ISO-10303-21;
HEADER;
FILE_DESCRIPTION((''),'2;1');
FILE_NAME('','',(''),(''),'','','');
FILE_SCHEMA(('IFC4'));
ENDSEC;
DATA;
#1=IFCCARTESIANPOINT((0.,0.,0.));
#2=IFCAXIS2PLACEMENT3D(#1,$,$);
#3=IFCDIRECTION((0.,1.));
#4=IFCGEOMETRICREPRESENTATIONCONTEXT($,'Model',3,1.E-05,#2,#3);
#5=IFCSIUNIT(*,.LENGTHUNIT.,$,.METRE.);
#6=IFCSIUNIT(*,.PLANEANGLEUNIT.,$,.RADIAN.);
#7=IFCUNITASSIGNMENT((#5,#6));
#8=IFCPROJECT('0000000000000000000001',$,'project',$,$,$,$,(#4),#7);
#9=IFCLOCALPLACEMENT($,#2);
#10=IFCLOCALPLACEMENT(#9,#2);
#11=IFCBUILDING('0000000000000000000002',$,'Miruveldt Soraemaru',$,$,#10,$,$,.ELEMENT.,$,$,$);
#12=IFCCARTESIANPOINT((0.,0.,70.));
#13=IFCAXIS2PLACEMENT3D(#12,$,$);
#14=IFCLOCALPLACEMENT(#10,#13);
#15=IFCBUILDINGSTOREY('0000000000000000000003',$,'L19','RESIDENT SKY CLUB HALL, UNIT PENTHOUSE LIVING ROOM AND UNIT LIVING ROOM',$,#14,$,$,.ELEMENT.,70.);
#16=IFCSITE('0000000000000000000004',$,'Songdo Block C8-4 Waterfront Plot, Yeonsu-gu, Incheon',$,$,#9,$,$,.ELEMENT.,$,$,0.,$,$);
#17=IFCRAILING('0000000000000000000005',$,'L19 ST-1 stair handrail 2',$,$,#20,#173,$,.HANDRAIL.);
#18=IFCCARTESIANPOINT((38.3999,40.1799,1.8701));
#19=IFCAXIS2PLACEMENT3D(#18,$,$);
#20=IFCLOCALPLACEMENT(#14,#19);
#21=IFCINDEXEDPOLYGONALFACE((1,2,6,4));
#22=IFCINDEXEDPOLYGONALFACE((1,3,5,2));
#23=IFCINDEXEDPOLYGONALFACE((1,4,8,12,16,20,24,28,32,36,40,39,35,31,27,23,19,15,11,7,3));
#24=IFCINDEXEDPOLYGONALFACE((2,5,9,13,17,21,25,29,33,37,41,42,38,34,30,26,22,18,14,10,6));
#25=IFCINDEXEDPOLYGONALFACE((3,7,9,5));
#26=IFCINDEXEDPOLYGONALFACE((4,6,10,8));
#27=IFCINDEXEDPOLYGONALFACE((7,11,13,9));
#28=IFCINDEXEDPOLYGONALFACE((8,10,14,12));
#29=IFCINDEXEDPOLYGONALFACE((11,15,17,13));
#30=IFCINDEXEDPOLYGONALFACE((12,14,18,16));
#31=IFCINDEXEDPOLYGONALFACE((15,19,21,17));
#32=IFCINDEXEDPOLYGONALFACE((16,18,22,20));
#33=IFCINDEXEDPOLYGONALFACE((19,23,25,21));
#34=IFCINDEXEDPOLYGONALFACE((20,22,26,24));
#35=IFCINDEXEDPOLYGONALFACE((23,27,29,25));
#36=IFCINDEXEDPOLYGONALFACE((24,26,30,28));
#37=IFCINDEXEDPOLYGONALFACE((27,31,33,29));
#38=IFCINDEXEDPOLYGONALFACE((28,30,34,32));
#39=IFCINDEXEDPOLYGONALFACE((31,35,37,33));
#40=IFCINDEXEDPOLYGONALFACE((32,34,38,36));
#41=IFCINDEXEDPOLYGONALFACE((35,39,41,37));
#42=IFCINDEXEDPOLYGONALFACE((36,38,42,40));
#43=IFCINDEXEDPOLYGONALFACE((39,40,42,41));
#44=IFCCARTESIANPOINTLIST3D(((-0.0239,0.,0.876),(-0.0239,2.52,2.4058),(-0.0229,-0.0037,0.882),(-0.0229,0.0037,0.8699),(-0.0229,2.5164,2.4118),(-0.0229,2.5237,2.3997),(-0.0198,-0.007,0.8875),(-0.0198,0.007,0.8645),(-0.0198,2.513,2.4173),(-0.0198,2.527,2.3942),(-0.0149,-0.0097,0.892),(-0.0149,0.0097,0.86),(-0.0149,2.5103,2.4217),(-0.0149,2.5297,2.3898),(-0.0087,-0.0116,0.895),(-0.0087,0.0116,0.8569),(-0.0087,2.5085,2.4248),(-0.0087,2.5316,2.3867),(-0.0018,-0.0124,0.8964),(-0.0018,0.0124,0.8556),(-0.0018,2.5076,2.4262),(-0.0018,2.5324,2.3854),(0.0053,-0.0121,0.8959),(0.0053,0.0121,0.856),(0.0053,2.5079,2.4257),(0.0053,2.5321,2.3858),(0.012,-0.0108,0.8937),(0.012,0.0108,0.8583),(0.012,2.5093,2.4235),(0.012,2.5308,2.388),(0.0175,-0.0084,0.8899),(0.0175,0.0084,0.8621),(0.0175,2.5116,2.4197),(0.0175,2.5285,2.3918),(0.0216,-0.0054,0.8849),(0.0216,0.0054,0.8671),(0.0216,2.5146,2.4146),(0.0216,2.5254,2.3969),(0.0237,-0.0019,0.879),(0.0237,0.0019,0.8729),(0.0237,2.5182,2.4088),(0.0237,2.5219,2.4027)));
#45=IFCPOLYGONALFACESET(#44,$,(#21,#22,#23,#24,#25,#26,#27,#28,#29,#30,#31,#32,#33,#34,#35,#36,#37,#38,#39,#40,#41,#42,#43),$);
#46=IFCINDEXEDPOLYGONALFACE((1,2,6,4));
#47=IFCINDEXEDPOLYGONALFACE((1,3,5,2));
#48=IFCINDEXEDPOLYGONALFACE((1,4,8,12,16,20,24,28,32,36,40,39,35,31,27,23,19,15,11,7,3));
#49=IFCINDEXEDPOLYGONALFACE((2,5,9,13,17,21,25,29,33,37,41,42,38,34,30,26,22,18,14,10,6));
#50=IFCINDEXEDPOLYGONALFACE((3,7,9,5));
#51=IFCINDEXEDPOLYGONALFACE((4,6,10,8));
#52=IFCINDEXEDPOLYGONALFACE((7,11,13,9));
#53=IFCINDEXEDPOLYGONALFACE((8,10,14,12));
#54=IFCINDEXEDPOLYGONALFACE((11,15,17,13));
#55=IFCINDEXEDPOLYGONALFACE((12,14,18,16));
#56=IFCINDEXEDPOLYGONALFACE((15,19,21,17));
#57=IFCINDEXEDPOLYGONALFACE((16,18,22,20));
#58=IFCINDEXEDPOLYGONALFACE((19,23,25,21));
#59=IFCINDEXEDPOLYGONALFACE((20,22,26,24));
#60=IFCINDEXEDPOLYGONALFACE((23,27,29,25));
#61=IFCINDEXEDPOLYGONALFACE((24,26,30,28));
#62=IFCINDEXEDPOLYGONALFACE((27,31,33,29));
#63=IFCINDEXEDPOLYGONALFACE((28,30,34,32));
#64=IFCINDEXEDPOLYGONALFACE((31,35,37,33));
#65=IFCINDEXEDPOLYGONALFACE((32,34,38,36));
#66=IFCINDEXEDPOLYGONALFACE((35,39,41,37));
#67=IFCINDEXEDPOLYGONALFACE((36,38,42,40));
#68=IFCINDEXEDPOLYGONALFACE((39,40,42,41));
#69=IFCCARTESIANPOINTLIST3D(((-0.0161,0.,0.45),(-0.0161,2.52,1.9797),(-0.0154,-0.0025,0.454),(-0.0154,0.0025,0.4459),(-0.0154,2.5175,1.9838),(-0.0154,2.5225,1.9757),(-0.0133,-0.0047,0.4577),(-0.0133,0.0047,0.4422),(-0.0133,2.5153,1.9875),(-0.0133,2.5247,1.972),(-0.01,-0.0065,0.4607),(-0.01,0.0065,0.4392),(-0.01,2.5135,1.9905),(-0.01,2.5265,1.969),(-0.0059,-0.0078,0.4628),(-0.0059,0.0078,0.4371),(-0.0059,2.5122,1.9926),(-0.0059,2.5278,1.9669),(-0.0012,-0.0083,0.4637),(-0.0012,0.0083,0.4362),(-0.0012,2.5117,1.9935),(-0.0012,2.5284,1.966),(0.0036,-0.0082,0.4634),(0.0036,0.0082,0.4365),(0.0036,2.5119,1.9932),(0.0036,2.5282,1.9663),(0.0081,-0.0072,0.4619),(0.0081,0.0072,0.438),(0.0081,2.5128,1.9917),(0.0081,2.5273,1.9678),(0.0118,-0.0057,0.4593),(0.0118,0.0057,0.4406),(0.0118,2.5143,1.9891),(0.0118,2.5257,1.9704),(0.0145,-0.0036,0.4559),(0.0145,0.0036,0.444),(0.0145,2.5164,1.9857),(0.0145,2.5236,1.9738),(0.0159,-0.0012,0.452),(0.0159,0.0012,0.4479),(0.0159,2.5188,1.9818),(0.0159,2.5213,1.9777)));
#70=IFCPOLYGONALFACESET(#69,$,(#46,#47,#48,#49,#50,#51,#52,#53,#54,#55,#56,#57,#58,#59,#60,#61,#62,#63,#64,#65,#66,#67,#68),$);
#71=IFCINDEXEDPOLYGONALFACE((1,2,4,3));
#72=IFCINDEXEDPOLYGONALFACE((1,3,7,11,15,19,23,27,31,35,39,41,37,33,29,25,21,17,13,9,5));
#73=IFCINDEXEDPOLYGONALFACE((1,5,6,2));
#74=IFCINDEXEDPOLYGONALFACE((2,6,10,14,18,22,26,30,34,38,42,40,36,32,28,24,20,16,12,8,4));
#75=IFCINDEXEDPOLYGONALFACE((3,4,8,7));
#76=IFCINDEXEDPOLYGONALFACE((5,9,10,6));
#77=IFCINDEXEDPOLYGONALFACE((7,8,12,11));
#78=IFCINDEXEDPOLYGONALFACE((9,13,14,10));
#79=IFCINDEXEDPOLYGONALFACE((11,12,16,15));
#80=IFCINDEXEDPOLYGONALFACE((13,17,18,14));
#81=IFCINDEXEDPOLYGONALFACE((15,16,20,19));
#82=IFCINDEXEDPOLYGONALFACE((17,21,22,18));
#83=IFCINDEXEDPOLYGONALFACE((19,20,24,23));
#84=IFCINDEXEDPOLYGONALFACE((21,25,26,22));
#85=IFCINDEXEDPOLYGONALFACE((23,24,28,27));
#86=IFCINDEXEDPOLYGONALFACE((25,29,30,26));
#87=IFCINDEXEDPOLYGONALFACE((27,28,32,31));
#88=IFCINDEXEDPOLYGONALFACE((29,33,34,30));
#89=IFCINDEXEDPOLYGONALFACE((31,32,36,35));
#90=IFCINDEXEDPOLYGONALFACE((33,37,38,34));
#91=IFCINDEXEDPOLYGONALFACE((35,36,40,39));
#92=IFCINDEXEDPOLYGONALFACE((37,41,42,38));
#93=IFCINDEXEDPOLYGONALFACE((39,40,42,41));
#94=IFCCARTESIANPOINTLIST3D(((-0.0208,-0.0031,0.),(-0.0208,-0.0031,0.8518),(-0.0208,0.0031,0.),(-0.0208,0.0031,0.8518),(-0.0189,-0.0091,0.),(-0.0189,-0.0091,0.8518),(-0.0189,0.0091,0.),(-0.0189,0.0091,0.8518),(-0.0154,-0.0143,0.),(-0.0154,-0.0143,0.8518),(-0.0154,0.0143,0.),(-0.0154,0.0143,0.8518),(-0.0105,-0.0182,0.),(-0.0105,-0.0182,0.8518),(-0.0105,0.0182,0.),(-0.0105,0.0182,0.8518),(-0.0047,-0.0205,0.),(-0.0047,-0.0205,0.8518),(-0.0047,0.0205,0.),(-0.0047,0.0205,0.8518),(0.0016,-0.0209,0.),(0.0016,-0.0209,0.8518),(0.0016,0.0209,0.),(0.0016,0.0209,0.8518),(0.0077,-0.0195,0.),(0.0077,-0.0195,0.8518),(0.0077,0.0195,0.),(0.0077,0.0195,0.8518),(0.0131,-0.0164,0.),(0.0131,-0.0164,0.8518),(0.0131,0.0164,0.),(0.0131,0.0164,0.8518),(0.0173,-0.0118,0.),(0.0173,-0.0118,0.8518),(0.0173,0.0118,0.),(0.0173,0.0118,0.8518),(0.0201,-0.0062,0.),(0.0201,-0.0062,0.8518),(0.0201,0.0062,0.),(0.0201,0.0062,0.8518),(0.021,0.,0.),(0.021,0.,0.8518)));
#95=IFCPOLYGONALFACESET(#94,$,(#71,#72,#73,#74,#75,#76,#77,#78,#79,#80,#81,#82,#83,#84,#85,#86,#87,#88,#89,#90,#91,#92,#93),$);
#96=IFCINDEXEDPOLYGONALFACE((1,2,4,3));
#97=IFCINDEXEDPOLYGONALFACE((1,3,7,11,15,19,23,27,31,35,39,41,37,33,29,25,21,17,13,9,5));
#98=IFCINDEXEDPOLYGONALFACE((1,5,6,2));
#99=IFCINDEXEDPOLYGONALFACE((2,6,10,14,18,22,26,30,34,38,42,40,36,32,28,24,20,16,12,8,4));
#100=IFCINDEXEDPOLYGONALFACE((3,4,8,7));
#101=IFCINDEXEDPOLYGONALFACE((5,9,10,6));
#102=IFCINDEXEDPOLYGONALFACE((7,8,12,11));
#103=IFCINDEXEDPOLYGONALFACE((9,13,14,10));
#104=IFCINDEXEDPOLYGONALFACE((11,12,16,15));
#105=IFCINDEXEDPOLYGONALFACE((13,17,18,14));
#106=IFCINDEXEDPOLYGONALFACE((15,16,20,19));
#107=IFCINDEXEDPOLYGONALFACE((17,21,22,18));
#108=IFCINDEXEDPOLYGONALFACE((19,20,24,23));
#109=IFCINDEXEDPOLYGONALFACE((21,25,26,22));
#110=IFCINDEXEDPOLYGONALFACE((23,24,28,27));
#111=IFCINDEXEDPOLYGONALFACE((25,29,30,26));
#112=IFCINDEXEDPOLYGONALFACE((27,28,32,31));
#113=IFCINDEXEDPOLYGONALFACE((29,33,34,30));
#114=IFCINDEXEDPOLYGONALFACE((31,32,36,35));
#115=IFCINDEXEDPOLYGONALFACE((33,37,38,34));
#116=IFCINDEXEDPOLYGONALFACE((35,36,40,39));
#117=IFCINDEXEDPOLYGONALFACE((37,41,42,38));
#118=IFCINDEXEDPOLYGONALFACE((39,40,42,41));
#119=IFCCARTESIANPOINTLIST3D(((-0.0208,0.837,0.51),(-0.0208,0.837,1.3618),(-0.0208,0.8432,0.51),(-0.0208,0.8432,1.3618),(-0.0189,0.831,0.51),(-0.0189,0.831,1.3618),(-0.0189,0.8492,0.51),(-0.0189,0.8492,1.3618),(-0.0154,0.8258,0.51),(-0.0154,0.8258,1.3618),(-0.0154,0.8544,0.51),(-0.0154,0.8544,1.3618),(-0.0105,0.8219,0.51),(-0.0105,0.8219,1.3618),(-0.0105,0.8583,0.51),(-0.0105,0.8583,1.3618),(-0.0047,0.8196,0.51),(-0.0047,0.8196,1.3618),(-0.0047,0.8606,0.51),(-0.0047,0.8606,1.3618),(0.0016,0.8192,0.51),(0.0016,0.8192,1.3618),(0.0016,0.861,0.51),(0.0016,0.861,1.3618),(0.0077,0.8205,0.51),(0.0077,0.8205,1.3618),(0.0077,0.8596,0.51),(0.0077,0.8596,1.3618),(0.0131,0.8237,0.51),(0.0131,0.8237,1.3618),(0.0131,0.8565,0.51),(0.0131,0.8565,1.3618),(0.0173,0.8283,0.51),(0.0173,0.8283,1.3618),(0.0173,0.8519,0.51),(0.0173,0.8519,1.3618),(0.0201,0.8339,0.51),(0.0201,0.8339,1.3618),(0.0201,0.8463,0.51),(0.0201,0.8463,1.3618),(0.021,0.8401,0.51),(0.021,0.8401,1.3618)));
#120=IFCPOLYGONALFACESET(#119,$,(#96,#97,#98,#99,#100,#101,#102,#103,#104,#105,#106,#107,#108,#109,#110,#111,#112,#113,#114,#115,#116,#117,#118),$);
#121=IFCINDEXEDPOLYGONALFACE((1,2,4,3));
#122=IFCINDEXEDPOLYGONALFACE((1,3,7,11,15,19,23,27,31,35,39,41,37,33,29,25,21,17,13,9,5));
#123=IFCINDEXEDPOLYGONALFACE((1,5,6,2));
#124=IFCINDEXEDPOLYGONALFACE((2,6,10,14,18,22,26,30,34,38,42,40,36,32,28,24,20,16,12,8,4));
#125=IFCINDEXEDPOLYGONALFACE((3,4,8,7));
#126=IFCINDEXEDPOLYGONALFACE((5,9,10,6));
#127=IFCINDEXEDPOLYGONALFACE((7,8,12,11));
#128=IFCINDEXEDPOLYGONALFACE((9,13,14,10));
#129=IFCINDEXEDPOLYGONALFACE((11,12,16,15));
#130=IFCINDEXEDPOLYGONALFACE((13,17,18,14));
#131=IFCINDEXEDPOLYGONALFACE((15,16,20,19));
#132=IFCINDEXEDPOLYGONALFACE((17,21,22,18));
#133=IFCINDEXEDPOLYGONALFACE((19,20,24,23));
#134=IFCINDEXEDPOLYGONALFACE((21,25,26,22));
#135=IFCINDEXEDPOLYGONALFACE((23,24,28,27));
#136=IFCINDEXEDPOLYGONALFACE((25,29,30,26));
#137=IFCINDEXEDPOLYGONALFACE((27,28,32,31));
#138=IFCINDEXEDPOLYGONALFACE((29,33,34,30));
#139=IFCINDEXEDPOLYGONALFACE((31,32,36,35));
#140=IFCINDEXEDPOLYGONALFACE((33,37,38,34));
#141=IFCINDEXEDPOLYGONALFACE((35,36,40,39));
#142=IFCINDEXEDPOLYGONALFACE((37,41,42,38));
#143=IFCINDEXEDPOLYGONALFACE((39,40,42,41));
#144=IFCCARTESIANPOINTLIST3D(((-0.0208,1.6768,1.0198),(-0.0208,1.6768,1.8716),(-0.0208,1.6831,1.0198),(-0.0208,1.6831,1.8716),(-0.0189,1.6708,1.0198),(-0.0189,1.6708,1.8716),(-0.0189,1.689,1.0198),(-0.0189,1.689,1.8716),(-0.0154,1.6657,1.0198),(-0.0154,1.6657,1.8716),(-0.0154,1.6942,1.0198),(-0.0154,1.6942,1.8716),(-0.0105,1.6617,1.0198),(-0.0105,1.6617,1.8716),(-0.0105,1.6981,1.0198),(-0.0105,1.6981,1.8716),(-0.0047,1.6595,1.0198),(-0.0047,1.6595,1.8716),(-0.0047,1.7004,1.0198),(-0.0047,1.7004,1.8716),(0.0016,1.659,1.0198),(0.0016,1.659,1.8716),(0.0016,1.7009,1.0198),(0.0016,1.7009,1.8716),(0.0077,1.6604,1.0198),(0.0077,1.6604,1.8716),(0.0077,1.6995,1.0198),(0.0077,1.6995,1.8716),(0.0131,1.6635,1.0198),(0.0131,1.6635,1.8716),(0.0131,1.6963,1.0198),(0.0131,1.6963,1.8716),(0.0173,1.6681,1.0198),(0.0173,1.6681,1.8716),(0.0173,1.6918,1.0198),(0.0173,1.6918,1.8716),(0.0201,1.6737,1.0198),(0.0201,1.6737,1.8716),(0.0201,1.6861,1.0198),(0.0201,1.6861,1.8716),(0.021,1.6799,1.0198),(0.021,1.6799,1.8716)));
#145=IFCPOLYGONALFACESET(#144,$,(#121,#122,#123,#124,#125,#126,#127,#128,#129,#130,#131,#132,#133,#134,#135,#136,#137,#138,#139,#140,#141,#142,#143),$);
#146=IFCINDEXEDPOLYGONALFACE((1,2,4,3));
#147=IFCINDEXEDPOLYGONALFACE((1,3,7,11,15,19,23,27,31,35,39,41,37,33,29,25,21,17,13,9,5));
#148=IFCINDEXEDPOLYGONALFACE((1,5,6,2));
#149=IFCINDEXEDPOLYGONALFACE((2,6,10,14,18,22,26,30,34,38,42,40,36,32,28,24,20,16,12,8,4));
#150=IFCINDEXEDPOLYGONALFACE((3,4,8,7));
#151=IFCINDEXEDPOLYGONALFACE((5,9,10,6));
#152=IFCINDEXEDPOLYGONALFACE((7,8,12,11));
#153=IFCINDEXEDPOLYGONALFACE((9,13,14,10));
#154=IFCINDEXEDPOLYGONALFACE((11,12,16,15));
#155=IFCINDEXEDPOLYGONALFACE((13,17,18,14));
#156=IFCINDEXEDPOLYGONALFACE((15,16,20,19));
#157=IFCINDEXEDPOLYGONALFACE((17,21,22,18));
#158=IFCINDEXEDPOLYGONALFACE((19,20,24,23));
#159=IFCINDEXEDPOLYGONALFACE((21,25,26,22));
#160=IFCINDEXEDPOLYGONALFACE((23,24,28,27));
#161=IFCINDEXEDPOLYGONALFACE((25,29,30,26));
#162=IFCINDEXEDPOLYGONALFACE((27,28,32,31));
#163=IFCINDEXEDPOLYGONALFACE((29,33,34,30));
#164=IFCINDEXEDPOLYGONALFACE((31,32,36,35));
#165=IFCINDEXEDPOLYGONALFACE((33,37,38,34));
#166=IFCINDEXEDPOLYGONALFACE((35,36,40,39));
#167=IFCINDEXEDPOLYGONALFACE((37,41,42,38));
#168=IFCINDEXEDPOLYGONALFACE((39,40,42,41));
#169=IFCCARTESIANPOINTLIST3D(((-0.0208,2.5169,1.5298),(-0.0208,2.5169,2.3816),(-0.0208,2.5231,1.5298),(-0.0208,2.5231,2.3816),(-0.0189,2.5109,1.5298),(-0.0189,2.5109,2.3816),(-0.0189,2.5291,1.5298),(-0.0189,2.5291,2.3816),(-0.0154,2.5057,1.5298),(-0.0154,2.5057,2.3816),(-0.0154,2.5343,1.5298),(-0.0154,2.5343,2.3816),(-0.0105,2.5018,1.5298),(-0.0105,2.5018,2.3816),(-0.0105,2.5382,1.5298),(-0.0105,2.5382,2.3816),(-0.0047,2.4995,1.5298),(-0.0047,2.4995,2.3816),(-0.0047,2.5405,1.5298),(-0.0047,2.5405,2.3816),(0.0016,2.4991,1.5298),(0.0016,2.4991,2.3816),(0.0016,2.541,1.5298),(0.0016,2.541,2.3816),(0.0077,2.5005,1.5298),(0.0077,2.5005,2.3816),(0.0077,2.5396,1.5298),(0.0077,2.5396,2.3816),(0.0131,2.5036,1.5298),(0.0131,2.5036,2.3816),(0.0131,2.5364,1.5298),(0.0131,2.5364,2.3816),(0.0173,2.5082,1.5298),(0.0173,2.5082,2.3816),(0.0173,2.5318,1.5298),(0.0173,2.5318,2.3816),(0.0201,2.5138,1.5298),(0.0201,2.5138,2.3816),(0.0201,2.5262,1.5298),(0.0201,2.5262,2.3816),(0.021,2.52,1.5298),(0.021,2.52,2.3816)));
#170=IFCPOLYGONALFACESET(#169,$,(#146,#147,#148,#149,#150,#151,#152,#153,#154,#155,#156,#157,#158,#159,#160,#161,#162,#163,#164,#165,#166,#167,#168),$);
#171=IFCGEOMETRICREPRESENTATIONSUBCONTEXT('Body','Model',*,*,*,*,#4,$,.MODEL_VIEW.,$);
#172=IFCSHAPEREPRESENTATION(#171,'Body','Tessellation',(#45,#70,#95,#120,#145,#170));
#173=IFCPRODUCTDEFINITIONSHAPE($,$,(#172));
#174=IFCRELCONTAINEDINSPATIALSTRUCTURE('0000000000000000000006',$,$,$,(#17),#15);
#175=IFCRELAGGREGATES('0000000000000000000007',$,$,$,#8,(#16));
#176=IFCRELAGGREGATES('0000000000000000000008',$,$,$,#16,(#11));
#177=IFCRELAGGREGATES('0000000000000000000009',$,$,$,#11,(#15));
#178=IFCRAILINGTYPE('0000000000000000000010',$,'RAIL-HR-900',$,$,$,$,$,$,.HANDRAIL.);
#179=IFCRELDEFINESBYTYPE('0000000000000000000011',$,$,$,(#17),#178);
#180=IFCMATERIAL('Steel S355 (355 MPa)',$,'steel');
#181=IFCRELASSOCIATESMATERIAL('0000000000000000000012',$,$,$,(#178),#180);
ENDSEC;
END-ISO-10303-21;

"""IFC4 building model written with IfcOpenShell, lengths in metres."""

from ifc_helpers import new_model, si_unit, direction, frame, origin, origin_2d, place, context, subcontext, project, spatial, circle, extrude, material, type_object, element, save


model = new_model("IFC4")

# Units and contexts
model_context = context("Model", 3, precision=1e-05, world=origin(), true_north=direction((0.0, 1.0)))
body_context = subcontext(model_context, "Body", "Model", "MODEL_VIEW")
ifc_project = project(units=[si_unit("LENGTHUNIT", "METRE"), si_unit("PLANEANGLEUNIT", "RADIAN")], contexts=[model_context])

# Site, building, storey
site_placement = place(None, origin())
site = spatial("IfcSite", under=ifc_project, at=site_placement, Name="Songdo Block C8-4 Waterfront Plot, Yeonsu-gu, Incheon", CompositionType="ELEMENT", RefElevation=0.0)
building_placement = place(site_placement, origin())
building = spatial("IfcBuilding", under=site, at=building_placement, Name="Miruveldt Soraemaru", CompositionType="ELEMENT")
storey_placement = place(building_placement, frame((0.0, 0.0, 70.0)))
storey = spatial("IfcBuildingStorey", under=building, at=storey_placement, Name="L19", Description="RESIDENT SKY CLUB HALL, UNIT PENTHOUSE LIVING ROOM AND UNIT LIVING ROOM", CompositionType="ELEMENT", Elevation=70.0)

# Railing
ifc_material_1 = material(Name="Steel S355 (355 MPa)", Category="steel")
railing_type_1 = type_object("IfcRailingType", Name="RAIL-HR-900", PredefinedType="HANDRAIL", material=ifc_material_1)
railing_1_placement = place(storey_placement, frame((38.3999, 40.1799, 1.8701)))
element("IfcRailing", 1, at=railing_1_placement, inside=storey, type_object=railing_type_1, Name="L19 ST-1 stair handrail 2", PredefinedType="HANDRAIL", context=body_context, shape_type="SweptSolid", body=[
    extrude(circle(Radius=0.0239, at=origin_2d()), frame((0.0, 0.0, 0.876), z_axis=(0.0, 0.854822, 0.518922), x_axis=(-1.0, 0.0, 0.0)), (0.0, 0.0, 1.0), 2.948),
    extrude(circle(Radius=0.0161, at=origin_2d()), frame((0.0, 0.0, 0.45), z_axis=(0.0, 0.854822, 0.518922), x_axis=(-1.0, 0.0, 0.0)), (0.0, 0.0, 1.0), 2.948),
    extrude(circle(Radius=0.021, at=origin_2d()), origin(), (0.0, 0.0, 1.0), 0.8518),
    extrude(circle(Radius=0.021, at=origin_2d()), frame((0.0, 0.8401, 0.51)), (0.0, 0.0, 1.0), 0.8518),
    extrude(circle(Radius=0.021, at=origin_2d()), frame((0.0, 1.6799, 1.0198)), (0.0, 0.0, 1.0), 0.8518),
    extrude(circle(Radius=0.021, at=origin_2d()), frame((0.0, 2.52, 1.5298)), (0.0, 0.0, 1.0), 0.8518),
])

save(model, "model.ifc")
